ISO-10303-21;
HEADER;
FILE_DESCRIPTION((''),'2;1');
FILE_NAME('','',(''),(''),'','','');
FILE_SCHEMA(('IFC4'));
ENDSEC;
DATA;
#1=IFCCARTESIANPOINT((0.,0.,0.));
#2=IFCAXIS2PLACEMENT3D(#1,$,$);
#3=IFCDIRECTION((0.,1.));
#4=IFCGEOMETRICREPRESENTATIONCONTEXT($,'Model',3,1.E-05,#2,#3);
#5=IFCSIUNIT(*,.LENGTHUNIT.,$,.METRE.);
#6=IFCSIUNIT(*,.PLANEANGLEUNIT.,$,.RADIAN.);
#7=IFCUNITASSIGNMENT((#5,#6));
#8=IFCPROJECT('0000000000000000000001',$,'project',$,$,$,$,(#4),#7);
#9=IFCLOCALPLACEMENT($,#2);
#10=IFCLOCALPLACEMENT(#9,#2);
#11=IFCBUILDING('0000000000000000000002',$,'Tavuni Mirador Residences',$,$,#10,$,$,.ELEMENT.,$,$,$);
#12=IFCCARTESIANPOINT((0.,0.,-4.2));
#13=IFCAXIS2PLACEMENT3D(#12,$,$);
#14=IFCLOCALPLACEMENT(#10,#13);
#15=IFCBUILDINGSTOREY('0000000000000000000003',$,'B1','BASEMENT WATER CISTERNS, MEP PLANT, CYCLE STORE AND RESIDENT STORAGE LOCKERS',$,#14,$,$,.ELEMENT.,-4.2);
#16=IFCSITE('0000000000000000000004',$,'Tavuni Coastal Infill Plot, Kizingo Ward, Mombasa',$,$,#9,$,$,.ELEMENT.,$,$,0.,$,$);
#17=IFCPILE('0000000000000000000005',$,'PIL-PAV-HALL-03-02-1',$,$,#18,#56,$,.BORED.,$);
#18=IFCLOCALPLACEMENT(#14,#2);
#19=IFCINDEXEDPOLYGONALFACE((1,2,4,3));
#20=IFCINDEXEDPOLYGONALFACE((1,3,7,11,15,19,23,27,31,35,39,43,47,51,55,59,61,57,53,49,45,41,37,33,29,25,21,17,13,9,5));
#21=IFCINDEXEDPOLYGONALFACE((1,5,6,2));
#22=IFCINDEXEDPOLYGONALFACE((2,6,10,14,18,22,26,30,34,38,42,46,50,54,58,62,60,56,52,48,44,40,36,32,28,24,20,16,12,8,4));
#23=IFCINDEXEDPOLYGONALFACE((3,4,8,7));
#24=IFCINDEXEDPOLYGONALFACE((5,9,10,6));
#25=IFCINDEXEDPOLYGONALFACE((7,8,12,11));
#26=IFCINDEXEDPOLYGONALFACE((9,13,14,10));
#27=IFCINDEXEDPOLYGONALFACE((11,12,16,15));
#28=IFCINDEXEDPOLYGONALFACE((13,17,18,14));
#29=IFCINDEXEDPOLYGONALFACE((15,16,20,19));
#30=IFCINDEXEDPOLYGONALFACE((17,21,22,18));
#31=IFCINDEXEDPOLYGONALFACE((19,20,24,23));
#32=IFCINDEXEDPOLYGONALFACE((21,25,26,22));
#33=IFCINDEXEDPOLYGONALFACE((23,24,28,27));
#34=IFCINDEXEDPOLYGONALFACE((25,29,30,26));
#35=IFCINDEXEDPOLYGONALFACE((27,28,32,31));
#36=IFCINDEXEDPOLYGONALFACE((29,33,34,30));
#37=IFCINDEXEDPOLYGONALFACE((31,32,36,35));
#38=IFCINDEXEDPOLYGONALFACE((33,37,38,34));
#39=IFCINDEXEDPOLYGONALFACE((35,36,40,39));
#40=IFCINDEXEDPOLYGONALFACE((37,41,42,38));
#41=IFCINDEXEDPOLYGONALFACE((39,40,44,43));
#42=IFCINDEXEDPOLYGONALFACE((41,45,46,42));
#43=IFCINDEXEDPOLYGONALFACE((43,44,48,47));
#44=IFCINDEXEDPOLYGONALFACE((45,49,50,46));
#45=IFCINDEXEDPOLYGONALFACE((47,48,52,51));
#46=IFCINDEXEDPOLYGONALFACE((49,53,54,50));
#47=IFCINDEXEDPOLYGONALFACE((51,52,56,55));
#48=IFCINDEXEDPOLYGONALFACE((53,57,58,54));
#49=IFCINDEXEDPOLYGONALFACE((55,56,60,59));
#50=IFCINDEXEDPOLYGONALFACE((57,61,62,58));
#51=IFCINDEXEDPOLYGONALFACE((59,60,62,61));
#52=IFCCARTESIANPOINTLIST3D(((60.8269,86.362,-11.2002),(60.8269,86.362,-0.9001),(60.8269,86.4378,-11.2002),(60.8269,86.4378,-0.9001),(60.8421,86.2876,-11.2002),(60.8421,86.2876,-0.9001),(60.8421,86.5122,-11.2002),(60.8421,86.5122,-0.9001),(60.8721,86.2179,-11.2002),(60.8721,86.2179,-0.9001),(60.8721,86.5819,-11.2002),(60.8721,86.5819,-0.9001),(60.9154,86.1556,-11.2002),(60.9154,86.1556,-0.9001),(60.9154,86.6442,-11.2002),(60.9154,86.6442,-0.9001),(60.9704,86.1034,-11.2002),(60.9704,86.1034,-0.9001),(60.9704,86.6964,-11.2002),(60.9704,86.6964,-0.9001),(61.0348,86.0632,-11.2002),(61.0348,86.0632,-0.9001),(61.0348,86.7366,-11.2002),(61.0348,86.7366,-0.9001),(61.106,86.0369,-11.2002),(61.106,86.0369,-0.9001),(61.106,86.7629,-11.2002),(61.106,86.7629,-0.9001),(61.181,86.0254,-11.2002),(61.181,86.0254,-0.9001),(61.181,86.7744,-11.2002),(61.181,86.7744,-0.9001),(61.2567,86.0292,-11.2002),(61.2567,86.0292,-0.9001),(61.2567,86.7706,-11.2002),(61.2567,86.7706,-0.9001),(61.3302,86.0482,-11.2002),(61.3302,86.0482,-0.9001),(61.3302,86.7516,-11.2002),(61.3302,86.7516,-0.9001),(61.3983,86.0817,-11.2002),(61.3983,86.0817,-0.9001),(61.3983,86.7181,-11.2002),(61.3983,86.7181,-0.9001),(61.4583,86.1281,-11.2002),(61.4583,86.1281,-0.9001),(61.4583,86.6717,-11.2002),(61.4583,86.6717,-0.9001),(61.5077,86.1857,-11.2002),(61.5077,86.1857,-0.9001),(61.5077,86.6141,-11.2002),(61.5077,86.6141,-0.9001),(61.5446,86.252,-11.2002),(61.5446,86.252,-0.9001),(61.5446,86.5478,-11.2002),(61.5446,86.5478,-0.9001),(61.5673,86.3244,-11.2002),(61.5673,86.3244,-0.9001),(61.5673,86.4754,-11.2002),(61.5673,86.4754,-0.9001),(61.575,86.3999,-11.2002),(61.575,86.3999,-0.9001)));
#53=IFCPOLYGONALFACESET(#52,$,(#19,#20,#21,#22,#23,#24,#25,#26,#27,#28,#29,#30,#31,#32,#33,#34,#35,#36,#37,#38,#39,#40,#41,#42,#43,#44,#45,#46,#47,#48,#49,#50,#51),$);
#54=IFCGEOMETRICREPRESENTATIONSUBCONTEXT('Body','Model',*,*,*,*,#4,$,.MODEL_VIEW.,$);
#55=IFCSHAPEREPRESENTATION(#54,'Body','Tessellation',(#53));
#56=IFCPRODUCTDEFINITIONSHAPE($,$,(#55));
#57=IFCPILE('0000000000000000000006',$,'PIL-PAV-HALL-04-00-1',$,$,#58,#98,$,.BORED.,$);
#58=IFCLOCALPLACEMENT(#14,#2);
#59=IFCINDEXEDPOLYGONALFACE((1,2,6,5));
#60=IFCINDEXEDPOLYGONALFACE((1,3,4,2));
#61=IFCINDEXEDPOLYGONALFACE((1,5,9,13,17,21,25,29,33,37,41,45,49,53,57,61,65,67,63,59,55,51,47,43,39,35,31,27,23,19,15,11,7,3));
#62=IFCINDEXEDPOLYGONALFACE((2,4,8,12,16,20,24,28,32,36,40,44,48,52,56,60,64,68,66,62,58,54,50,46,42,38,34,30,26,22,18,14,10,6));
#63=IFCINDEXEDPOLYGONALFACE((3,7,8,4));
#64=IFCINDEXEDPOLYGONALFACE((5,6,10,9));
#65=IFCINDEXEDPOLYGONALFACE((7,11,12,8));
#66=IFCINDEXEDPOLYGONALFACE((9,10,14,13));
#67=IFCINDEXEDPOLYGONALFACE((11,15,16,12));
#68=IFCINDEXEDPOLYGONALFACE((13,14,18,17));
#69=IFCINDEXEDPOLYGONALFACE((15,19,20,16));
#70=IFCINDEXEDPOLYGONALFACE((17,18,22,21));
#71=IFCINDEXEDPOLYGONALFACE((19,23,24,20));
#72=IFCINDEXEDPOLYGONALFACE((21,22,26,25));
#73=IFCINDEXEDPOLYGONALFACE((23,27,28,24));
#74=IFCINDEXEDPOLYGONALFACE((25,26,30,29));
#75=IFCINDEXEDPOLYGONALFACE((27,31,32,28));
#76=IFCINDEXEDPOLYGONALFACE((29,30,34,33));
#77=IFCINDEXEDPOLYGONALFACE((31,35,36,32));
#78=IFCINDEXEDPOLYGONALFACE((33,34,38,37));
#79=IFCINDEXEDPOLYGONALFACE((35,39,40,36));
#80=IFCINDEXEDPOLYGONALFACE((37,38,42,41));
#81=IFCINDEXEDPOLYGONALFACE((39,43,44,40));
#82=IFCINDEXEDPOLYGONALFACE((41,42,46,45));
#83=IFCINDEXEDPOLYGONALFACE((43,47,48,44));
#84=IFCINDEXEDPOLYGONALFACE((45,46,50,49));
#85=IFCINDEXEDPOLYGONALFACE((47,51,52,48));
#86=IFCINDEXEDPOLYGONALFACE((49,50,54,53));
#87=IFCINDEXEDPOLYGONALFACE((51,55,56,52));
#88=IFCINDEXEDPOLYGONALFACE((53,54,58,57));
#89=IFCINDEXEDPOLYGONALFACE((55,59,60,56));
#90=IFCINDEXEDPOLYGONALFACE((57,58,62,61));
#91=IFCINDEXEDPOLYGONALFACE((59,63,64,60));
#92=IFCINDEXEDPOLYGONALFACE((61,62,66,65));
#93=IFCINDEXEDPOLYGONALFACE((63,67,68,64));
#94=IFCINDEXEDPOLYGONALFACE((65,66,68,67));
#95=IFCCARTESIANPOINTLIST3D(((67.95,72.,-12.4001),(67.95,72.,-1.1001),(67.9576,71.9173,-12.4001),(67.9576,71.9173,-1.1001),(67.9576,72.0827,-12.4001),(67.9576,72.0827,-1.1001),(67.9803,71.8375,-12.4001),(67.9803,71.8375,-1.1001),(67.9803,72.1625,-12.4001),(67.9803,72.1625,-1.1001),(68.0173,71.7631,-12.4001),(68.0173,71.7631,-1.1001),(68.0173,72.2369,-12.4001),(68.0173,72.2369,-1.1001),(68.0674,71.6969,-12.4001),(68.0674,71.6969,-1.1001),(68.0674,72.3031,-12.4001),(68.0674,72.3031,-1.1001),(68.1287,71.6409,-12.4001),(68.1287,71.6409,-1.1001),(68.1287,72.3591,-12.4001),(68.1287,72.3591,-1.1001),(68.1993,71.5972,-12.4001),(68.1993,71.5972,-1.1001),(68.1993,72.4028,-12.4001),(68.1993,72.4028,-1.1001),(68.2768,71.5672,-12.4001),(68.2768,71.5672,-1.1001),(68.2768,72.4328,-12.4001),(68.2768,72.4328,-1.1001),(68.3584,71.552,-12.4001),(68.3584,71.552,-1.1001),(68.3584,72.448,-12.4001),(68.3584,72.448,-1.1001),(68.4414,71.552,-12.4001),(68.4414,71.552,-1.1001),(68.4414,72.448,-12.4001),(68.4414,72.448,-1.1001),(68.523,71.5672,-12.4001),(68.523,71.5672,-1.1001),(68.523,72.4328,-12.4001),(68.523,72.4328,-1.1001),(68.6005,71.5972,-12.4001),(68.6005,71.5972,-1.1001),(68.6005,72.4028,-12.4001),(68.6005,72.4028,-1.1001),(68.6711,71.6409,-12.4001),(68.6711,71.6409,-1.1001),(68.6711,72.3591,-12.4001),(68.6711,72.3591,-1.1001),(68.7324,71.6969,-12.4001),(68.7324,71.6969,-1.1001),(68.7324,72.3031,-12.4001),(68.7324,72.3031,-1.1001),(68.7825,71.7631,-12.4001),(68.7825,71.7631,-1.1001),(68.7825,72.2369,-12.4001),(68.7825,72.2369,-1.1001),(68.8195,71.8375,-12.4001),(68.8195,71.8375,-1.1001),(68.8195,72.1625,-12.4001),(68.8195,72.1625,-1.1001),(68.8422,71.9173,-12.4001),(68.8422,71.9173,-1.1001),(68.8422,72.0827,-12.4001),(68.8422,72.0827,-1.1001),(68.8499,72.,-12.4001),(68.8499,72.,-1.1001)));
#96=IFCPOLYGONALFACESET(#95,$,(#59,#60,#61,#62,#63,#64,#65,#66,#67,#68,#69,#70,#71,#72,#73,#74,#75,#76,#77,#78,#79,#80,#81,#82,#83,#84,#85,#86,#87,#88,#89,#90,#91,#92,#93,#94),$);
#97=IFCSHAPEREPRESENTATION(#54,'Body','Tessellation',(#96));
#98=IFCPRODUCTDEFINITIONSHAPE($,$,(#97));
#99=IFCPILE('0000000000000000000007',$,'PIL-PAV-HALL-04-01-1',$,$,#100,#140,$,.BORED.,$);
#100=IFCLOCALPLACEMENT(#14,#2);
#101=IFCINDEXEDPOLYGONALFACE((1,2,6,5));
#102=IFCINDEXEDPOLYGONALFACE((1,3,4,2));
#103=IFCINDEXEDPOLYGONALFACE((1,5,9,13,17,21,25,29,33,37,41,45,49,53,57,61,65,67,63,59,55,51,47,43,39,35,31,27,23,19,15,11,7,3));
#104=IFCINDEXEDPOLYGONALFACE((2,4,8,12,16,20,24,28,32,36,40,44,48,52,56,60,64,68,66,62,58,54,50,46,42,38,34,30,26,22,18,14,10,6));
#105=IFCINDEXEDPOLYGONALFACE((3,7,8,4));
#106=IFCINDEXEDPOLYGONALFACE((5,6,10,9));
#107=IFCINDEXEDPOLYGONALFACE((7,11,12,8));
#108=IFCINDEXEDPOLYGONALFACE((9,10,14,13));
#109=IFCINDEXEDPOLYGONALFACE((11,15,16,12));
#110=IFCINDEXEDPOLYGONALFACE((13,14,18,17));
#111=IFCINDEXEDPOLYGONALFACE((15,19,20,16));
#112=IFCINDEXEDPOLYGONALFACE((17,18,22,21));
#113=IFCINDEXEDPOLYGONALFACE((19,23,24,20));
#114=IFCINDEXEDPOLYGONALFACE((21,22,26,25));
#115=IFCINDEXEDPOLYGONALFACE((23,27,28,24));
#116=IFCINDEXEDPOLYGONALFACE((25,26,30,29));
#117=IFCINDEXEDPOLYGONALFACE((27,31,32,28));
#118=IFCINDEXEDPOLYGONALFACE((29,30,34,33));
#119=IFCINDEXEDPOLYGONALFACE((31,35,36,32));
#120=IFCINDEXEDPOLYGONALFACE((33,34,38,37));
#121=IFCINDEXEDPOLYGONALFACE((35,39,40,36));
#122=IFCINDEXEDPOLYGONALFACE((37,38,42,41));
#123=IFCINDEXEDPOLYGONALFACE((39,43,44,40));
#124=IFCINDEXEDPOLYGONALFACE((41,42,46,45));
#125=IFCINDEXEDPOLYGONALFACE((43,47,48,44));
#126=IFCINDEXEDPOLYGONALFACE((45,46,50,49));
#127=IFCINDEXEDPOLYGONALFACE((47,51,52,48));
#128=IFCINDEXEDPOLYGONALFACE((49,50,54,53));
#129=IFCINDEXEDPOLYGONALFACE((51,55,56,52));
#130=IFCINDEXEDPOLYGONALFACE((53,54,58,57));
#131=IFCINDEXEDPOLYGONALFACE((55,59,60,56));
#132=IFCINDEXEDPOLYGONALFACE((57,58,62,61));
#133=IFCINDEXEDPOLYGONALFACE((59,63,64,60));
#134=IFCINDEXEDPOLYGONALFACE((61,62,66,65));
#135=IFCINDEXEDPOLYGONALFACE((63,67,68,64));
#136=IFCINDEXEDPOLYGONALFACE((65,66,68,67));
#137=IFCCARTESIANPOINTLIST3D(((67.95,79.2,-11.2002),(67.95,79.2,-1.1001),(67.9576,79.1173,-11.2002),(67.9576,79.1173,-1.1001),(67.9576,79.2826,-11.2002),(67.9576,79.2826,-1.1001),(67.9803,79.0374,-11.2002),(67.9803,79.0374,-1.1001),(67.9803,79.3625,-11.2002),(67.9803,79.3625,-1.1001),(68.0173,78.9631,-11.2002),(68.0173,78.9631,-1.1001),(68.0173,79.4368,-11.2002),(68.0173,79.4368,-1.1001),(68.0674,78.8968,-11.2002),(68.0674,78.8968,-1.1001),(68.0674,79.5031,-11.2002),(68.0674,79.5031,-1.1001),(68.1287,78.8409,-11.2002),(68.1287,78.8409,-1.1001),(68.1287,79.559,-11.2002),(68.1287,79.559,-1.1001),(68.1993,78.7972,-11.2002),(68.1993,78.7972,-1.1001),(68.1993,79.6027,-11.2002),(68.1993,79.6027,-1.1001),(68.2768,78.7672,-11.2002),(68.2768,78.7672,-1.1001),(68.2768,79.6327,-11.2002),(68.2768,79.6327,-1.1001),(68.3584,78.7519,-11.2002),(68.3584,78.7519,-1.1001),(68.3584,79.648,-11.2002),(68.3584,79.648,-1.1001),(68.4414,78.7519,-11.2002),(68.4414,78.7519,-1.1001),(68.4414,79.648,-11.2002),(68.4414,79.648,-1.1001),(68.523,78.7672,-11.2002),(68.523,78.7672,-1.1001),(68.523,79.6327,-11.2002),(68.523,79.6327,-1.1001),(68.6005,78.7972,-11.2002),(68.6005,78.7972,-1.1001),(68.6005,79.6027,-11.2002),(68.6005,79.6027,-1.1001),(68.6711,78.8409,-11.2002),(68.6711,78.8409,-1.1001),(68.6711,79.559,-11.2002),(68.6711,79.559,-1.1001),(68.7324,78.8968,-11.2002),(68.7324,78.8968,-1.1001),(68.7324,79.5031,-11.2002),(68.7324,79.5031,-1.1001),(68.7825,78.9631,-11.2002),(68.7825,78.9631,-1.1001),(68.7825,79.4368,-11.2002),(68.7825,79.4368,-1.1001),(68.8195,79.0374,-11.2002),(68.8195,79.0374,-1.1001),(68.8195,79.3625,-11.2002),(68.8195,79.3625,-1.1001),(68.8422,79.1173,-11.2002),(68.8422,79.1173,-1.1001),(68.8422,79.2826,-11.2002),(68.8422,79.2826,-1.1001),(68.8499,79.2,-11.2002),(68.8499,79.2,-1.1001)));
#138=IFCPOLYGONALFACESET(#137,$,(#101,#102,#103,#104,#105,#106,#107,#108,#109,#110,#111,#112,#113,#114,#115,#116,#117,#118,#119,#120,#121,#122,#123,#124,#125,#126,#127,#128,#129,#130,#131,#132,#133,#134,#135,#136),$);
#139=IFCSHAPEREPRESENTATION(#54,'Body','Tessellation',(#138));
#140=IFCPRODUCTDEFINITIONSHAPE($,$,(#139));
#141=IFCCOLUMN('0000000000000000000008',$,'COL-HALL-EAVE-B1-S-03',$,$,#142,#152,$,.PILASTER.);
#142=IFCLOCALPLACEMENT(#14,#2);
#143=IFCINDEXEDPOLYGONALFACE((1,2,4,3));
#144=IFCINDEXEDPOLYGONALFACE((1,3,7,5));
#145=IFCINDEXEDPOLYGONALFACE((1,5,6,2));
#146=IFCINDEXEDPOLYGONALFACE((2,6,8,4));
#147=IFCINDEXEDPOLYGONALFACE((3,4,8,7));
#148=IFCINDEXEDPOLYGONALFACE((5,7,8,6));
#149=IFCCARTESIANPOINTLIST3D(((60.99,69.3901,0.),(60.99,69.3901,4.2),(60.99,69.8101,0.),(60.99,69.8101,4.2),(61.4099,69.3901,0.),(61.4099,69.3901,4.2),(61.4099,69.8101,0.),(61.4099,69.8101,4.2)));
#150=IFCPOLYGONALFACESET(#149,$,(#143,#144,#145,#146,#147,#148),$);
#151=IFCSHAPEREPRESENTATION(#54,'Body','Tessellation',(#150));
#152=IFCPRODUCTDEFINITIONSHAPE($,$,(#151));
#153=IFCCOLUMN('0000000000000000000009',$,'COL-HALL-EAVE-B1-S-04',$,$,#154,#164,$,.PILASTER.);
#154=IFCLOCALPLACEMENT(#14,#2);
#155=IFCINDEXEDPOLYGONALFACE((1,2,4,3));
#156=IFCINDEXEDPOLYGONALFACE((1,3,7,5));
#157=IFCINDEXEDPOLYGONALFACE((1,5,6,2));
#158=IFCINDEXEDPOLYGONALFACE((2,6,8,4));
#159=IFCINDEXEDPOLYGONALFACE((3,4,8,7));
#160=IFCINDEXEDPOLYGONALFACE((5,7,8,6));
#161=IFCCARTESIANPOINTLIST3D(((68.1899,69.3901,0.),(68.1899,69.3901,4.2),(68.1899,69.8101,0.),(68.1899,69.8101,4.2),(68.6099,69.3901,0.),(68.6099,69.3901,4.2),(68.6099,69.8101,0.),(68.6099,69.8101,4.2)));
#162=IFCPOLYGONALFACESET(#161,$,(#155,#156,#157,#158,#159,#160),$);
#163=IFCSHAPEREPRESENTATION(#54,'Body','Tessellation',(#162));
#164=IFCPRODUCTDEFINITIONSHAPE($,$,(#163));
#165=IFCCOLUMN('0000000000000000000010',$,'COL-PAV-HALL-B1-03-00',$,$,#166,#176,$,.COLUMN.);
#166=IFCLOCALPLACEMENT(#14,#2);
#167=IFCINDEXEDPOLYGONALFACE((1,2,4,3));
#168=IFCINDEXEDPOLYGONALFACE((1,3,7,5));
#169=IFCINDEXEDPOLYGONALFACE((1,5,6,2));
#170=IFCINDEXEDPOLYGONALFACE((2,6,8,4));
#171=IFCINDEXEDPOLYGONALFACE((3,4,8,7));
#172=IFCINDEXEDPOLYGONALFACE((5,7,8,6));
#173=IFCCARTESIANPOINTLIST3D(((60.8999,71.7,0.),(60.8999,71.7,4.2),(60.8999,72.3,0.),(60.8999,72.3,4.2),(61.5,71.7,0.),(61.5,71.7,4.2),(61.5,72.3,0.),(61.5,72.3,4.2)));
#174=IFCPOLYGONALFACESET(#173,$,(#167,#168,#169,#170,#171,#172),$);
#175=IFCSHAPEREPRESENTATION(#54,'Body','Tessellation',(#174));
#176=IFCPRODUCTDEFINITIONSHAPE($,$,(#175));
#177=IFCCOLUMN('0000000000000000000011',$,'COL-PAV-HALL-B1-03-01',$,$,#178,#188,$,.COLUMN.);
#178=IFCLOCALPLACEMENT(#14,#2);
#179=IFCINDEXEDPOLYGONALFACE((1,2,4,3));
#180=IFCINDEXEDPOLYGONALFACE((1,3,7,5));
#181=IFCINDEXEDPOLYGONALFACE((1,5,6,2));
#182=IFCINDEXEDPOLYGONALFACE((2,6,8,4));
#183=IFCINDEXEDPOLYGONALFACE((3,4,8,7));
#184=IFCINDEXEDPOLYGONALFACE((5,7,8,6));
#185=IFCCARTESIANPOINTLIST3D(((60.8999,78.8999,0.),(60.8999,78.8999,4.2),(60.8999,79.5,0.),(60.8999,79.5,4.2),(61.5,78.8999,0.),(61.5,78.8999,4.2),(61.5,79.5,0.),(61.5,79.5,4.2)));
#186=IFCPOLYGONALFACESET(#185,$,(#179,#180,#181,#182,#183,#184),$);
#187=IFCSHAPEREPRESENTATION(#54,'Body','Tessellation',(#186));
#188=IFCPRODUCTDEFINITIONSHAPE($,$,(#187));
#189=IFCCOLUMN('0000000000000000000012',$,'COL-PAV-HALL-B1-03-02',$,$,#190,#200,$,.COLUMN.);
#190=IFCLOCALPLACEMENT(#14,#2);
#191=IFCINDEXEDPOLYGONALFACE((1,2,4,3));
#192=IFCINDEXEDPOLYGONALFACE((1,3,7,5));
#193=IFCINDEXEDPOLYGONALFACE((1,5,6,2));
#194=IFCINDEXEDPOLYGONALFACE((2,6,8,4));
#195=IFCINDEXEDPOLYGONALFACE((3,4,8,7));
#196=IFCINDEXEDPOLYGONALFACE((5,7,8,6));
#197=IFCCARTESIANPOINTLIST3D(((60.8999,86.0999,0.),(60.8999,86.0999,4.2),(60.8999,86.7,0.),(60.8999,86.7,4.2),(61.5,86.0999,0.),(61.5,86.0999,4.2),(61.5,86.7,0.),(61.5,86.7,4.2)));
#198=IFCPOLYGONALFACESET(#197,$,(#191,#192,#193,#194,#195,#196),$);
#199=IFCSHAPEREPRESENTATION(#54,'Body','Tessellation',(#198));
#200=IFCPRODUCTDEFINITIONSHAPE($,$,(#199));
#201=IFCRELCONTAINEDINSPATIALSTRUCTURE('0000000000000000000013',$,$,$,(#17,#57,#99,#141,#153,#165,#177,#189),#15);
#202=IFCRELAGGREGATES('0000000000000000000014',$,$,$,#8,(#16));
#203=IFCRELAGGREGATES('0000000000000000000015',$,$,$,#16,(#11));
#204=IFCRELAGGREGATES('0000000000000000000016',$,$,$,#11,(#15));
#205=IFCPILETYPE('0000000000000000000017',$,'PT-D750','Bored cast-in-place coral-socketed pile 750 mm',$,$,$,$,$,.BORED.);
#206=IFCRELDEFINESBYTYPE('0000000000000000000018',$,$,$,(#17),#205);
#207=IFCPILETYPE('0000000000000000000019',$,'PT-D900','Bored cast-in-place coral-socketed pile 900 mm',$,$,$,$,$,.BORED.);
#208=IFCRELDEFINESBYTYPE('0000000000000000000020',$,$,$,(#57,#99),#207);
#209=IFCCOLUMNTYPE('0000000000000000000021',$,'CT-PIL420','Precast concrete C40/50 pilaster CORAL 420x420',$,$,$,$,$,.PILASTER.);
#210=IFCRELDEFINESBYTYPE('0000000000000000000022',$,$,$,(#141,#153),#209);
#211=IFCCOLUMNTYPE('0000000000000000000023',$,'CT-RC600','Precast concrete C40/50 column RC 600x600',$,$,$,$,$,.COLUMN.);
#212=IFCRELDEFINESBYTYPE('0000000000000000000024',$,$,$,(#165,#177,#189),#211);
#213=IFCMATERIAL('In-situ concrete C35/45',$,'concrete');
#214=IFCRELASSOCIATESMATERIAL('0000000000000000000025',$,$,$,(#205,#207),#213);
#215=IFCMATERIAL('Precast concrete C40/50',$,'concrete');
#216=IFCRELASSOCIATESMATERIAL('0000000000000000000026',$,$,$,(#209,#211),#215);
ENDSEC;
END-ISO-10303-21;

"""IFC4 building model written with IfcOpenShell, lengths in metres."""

from ifc_helpers import new_model, si_unit, direction, frame, origin, origin_2d, place, context, subcontext, project, spatial, rectangle, circle, extrude, material, material_profile, profile_set, type_object, element, save


model = new_model("IFC4")

# Units and contexts
model_context = context("Model", 3, precision=1e-05, world=origin(), true_north=direction((0.0, 1.0)))
body_context = subcontext(model_context, "Body", "Model", "MODEL_VIEW")
ifc_project = project(units=[si_unit("LENGTHUNIT", "METRE"), si_unit("PLANEANGLEUNIT", "RADIAN")], contexts=[model_context])

# Site, building, storey
site_placement = place(None, origin())
site = spatial("IfcSite", under=ifc_project, at=site_placement, Name="Tavuni Coastal Infill Plot, Kizingo Ward, Mombasa", CompositionType="ELEMENT", RefElevation=0.0)
building_placement = place(site_placement, origin())
building = spatial("IfcBuilding", under=site, at=building_placement, Name="Tavuni Mirador Residences", CompositionType="ELEMENT")
storey_placement = place(building_placement, frame((0.0, 0.0, -4.2)))
storey = spatial("IfcBuildingStorey", under=building, at=storey_placement, Name="B1", Description="BASEMENT WATER CISTERNS, MEP PLANT, CYCLE STORE AND RESIDENT STORAGE LOCKERS", CompositionType="ELEMENT", Elevation=-4.2)

# Shared definitions
ifc_material_1 = material(Name="In-situ concrete C35/45", Category="concrete")

# Piles
ifc_material_profile_1 = material_profile(ifc_material_1, circle(Radius=0.375, at=origin_2d()), Name="PILE D750", Category="concrete")
ifc_profile_set_1 = profile_set([ifc_material_profile_1], Name="In-situ concrete C35/45")
pile_type_1 = type_object("IfcPileType", Name="PT-D750", Description="Bored cast-in-place coral-socketed pile 750 mm", PredefinedType="BORED", material=ifc_profile_set_1)
pile_1_placement = place(storey_placement, frame((61.2, 86.3999, -0.9001), z_axis=(0.0, 0.0, -1.0), x_axis=(1.0, 0.0, 0.0)))
element("IfcPile", 1, at=pile_1_placement, inside=storey, type_object=pile_type_1, Name="PIL-PAV-HALL-03-02-1", PredefinedType="BORED", context=body_context, shape_type="SweptSolid", body=[
    extrude(circle(Radius=0.375, at=origin_2d()), origin(), (0.0, 0.0, 1.0), 10.3),
])
ifc_material_profile_2 = material_profile(ifc_material_1, circle(Radius=0.45, at=origin_2d()), Name="PILE D900", Category="concrete")
ifc_profile_set_2 = profile_set([ifc_material_profile_2], Name="In-situ concrete C35/45")
pile_type_2 = type_object("IfcPileType", Name="PT-D900", Description="Bored cast-in-place coral-socketed pile 900 mm", PredefinedType="BORED", material=ifc_profile_set_2)
pile_2_placement = place(storey_placement, frame((68.3999, 72.0, -1.1001), z_axis=(0.0, 0.0, -1.0), x_axis=(1.0, 0.0, 0.0)))
element("IfcPile", 2, at=pile_2_placement, inside=storey, type_object=pile_type_2, Name="PIL-PAV-HALL-04-00-1", PredefinedType="BORED", context=body_context, shape_type="SweptSolid", body=[
    extrude(circle(Radius=0.45, at=origin_2d()), origin(), (0.0, 0.0, 1.0), 11.3),
])
pile_3_placement = place(storey_placement, frame((68.3999, 79.2, -1.1001), z_axis=(0.0, 0.0, -1.0), x_axis=(1.0, 0.0, 0.0)))
element("IfcPile", 3, at=pile_3_placement, inside=storey, type_object=pile_type_2, Name="PIL-PAV-HALL-04-01-1", PredefinedType="BORED", context=body_context, shape_type="SweptSolid", body=[
    extrude(circle(Radius=0.45, at=origin_2d()), origin(), (0.0, 0.0, 1.0), 10.1001),
])

# Columns
ifc_material_2 = material(Name="Precast concrete C40/50", Category="concrete")
ifc_material_profile_3 = material_profile(ifc_material_2, rectangle(XDim=0.4199, YDim=0.4199, at=origin_2d()), Name="CORAL 420x420", Category="concrete")
ifc_profile_set_3 = profile_set([ifc_material_profile_3], Name="Precast concrete C40/50")
column_type_1 = type_object("IfcColumnType", Name="CT-PIL420", Description="Precast concrete C40/50 pilaster CORAL 420x420", PredefinedType="PILASTER", material=ifc_profile_set_3)
for number, where, z_axis, x_axis, name in (
    (4, (61.2, 69.6001, 0.0), (0.0, 0.0, 1.0), (1.0, 0.0, 0.0), "COL-HALL-EAVE-B1-S-03"),
    (5, (68.3999, 69.6001, 0.0), (0.0, 0.0, 1.0), (1.0, 0.0, 0.0), "COL-HALL-EAVE-B1-S-04"),
):
    element("IfcColumn", number, at=place(storey_placement, frame(where, z_axis=z_axis, x_axis=x_axis)), inside=storey, type_object=column_type_1, Name=name, PredefinedType="PILASTER", context=body_context, shape_type="SweptSolid", body=[
        extrude(rectangle(XDim=0.4199, YDim=0.4199, at=origin_2d()), origin(), (0.0, 0.0, 1.0), 4.2),
    ])
ifc_material_profile_4 = material_profile(ifc_material_2, rectangle(XDim=0.6001, YDim=0.6001, at=origin_2d()), Name="RC 600x600", Category="concrete")
ifc_profile_set_4 = profile_set([ifc_material_profile_4], Name="Precast concrete C40/50")
column_type_2 = type_object("IfcColumnType", Name="CT-RC600", Description="Precast concrete C40/50 column RC 600x600", PredefinedType="COLUMN", material=ifc_profile_set_4)
for number, where, z_axis, x_axis, name in (
    (6, (61.2, 72.0, 0.0), (0.0, 0.0, 1.0), (1.0, 0.0, 0.0), "COL-PAV-HALL-B1-03-00"),
    (7, (61.2, 79.2, 0.0), (0.0, 0.0, 1.0), (1.0, 0.0, 0.0), "COL-PAV-HALL-B1-03-01"),
    (8, (61.2, 86.3999, 0.0), (0.0, 0.0, 1.0), (1.0, 0.0, 0.0), "COL-PAV-HALL-B1-03-02"),
):
    element("IfcColumn", number, at=place(storey_placement, frame(where, z_axis=z_axis, x_axis=x_axis)), inside=storey, type_object=column_type_2, Name=name, PredefinedType="COLUMN", context=body_context, shape_type="SweptSolid", body=[
        extrude(rectangle(XDim=0.6001, YDim=0.6001, at=origin_2d()), origin(), (0.0, 0.0, 1.0), 4.2),
    ])

save(model, "model.ifc")
